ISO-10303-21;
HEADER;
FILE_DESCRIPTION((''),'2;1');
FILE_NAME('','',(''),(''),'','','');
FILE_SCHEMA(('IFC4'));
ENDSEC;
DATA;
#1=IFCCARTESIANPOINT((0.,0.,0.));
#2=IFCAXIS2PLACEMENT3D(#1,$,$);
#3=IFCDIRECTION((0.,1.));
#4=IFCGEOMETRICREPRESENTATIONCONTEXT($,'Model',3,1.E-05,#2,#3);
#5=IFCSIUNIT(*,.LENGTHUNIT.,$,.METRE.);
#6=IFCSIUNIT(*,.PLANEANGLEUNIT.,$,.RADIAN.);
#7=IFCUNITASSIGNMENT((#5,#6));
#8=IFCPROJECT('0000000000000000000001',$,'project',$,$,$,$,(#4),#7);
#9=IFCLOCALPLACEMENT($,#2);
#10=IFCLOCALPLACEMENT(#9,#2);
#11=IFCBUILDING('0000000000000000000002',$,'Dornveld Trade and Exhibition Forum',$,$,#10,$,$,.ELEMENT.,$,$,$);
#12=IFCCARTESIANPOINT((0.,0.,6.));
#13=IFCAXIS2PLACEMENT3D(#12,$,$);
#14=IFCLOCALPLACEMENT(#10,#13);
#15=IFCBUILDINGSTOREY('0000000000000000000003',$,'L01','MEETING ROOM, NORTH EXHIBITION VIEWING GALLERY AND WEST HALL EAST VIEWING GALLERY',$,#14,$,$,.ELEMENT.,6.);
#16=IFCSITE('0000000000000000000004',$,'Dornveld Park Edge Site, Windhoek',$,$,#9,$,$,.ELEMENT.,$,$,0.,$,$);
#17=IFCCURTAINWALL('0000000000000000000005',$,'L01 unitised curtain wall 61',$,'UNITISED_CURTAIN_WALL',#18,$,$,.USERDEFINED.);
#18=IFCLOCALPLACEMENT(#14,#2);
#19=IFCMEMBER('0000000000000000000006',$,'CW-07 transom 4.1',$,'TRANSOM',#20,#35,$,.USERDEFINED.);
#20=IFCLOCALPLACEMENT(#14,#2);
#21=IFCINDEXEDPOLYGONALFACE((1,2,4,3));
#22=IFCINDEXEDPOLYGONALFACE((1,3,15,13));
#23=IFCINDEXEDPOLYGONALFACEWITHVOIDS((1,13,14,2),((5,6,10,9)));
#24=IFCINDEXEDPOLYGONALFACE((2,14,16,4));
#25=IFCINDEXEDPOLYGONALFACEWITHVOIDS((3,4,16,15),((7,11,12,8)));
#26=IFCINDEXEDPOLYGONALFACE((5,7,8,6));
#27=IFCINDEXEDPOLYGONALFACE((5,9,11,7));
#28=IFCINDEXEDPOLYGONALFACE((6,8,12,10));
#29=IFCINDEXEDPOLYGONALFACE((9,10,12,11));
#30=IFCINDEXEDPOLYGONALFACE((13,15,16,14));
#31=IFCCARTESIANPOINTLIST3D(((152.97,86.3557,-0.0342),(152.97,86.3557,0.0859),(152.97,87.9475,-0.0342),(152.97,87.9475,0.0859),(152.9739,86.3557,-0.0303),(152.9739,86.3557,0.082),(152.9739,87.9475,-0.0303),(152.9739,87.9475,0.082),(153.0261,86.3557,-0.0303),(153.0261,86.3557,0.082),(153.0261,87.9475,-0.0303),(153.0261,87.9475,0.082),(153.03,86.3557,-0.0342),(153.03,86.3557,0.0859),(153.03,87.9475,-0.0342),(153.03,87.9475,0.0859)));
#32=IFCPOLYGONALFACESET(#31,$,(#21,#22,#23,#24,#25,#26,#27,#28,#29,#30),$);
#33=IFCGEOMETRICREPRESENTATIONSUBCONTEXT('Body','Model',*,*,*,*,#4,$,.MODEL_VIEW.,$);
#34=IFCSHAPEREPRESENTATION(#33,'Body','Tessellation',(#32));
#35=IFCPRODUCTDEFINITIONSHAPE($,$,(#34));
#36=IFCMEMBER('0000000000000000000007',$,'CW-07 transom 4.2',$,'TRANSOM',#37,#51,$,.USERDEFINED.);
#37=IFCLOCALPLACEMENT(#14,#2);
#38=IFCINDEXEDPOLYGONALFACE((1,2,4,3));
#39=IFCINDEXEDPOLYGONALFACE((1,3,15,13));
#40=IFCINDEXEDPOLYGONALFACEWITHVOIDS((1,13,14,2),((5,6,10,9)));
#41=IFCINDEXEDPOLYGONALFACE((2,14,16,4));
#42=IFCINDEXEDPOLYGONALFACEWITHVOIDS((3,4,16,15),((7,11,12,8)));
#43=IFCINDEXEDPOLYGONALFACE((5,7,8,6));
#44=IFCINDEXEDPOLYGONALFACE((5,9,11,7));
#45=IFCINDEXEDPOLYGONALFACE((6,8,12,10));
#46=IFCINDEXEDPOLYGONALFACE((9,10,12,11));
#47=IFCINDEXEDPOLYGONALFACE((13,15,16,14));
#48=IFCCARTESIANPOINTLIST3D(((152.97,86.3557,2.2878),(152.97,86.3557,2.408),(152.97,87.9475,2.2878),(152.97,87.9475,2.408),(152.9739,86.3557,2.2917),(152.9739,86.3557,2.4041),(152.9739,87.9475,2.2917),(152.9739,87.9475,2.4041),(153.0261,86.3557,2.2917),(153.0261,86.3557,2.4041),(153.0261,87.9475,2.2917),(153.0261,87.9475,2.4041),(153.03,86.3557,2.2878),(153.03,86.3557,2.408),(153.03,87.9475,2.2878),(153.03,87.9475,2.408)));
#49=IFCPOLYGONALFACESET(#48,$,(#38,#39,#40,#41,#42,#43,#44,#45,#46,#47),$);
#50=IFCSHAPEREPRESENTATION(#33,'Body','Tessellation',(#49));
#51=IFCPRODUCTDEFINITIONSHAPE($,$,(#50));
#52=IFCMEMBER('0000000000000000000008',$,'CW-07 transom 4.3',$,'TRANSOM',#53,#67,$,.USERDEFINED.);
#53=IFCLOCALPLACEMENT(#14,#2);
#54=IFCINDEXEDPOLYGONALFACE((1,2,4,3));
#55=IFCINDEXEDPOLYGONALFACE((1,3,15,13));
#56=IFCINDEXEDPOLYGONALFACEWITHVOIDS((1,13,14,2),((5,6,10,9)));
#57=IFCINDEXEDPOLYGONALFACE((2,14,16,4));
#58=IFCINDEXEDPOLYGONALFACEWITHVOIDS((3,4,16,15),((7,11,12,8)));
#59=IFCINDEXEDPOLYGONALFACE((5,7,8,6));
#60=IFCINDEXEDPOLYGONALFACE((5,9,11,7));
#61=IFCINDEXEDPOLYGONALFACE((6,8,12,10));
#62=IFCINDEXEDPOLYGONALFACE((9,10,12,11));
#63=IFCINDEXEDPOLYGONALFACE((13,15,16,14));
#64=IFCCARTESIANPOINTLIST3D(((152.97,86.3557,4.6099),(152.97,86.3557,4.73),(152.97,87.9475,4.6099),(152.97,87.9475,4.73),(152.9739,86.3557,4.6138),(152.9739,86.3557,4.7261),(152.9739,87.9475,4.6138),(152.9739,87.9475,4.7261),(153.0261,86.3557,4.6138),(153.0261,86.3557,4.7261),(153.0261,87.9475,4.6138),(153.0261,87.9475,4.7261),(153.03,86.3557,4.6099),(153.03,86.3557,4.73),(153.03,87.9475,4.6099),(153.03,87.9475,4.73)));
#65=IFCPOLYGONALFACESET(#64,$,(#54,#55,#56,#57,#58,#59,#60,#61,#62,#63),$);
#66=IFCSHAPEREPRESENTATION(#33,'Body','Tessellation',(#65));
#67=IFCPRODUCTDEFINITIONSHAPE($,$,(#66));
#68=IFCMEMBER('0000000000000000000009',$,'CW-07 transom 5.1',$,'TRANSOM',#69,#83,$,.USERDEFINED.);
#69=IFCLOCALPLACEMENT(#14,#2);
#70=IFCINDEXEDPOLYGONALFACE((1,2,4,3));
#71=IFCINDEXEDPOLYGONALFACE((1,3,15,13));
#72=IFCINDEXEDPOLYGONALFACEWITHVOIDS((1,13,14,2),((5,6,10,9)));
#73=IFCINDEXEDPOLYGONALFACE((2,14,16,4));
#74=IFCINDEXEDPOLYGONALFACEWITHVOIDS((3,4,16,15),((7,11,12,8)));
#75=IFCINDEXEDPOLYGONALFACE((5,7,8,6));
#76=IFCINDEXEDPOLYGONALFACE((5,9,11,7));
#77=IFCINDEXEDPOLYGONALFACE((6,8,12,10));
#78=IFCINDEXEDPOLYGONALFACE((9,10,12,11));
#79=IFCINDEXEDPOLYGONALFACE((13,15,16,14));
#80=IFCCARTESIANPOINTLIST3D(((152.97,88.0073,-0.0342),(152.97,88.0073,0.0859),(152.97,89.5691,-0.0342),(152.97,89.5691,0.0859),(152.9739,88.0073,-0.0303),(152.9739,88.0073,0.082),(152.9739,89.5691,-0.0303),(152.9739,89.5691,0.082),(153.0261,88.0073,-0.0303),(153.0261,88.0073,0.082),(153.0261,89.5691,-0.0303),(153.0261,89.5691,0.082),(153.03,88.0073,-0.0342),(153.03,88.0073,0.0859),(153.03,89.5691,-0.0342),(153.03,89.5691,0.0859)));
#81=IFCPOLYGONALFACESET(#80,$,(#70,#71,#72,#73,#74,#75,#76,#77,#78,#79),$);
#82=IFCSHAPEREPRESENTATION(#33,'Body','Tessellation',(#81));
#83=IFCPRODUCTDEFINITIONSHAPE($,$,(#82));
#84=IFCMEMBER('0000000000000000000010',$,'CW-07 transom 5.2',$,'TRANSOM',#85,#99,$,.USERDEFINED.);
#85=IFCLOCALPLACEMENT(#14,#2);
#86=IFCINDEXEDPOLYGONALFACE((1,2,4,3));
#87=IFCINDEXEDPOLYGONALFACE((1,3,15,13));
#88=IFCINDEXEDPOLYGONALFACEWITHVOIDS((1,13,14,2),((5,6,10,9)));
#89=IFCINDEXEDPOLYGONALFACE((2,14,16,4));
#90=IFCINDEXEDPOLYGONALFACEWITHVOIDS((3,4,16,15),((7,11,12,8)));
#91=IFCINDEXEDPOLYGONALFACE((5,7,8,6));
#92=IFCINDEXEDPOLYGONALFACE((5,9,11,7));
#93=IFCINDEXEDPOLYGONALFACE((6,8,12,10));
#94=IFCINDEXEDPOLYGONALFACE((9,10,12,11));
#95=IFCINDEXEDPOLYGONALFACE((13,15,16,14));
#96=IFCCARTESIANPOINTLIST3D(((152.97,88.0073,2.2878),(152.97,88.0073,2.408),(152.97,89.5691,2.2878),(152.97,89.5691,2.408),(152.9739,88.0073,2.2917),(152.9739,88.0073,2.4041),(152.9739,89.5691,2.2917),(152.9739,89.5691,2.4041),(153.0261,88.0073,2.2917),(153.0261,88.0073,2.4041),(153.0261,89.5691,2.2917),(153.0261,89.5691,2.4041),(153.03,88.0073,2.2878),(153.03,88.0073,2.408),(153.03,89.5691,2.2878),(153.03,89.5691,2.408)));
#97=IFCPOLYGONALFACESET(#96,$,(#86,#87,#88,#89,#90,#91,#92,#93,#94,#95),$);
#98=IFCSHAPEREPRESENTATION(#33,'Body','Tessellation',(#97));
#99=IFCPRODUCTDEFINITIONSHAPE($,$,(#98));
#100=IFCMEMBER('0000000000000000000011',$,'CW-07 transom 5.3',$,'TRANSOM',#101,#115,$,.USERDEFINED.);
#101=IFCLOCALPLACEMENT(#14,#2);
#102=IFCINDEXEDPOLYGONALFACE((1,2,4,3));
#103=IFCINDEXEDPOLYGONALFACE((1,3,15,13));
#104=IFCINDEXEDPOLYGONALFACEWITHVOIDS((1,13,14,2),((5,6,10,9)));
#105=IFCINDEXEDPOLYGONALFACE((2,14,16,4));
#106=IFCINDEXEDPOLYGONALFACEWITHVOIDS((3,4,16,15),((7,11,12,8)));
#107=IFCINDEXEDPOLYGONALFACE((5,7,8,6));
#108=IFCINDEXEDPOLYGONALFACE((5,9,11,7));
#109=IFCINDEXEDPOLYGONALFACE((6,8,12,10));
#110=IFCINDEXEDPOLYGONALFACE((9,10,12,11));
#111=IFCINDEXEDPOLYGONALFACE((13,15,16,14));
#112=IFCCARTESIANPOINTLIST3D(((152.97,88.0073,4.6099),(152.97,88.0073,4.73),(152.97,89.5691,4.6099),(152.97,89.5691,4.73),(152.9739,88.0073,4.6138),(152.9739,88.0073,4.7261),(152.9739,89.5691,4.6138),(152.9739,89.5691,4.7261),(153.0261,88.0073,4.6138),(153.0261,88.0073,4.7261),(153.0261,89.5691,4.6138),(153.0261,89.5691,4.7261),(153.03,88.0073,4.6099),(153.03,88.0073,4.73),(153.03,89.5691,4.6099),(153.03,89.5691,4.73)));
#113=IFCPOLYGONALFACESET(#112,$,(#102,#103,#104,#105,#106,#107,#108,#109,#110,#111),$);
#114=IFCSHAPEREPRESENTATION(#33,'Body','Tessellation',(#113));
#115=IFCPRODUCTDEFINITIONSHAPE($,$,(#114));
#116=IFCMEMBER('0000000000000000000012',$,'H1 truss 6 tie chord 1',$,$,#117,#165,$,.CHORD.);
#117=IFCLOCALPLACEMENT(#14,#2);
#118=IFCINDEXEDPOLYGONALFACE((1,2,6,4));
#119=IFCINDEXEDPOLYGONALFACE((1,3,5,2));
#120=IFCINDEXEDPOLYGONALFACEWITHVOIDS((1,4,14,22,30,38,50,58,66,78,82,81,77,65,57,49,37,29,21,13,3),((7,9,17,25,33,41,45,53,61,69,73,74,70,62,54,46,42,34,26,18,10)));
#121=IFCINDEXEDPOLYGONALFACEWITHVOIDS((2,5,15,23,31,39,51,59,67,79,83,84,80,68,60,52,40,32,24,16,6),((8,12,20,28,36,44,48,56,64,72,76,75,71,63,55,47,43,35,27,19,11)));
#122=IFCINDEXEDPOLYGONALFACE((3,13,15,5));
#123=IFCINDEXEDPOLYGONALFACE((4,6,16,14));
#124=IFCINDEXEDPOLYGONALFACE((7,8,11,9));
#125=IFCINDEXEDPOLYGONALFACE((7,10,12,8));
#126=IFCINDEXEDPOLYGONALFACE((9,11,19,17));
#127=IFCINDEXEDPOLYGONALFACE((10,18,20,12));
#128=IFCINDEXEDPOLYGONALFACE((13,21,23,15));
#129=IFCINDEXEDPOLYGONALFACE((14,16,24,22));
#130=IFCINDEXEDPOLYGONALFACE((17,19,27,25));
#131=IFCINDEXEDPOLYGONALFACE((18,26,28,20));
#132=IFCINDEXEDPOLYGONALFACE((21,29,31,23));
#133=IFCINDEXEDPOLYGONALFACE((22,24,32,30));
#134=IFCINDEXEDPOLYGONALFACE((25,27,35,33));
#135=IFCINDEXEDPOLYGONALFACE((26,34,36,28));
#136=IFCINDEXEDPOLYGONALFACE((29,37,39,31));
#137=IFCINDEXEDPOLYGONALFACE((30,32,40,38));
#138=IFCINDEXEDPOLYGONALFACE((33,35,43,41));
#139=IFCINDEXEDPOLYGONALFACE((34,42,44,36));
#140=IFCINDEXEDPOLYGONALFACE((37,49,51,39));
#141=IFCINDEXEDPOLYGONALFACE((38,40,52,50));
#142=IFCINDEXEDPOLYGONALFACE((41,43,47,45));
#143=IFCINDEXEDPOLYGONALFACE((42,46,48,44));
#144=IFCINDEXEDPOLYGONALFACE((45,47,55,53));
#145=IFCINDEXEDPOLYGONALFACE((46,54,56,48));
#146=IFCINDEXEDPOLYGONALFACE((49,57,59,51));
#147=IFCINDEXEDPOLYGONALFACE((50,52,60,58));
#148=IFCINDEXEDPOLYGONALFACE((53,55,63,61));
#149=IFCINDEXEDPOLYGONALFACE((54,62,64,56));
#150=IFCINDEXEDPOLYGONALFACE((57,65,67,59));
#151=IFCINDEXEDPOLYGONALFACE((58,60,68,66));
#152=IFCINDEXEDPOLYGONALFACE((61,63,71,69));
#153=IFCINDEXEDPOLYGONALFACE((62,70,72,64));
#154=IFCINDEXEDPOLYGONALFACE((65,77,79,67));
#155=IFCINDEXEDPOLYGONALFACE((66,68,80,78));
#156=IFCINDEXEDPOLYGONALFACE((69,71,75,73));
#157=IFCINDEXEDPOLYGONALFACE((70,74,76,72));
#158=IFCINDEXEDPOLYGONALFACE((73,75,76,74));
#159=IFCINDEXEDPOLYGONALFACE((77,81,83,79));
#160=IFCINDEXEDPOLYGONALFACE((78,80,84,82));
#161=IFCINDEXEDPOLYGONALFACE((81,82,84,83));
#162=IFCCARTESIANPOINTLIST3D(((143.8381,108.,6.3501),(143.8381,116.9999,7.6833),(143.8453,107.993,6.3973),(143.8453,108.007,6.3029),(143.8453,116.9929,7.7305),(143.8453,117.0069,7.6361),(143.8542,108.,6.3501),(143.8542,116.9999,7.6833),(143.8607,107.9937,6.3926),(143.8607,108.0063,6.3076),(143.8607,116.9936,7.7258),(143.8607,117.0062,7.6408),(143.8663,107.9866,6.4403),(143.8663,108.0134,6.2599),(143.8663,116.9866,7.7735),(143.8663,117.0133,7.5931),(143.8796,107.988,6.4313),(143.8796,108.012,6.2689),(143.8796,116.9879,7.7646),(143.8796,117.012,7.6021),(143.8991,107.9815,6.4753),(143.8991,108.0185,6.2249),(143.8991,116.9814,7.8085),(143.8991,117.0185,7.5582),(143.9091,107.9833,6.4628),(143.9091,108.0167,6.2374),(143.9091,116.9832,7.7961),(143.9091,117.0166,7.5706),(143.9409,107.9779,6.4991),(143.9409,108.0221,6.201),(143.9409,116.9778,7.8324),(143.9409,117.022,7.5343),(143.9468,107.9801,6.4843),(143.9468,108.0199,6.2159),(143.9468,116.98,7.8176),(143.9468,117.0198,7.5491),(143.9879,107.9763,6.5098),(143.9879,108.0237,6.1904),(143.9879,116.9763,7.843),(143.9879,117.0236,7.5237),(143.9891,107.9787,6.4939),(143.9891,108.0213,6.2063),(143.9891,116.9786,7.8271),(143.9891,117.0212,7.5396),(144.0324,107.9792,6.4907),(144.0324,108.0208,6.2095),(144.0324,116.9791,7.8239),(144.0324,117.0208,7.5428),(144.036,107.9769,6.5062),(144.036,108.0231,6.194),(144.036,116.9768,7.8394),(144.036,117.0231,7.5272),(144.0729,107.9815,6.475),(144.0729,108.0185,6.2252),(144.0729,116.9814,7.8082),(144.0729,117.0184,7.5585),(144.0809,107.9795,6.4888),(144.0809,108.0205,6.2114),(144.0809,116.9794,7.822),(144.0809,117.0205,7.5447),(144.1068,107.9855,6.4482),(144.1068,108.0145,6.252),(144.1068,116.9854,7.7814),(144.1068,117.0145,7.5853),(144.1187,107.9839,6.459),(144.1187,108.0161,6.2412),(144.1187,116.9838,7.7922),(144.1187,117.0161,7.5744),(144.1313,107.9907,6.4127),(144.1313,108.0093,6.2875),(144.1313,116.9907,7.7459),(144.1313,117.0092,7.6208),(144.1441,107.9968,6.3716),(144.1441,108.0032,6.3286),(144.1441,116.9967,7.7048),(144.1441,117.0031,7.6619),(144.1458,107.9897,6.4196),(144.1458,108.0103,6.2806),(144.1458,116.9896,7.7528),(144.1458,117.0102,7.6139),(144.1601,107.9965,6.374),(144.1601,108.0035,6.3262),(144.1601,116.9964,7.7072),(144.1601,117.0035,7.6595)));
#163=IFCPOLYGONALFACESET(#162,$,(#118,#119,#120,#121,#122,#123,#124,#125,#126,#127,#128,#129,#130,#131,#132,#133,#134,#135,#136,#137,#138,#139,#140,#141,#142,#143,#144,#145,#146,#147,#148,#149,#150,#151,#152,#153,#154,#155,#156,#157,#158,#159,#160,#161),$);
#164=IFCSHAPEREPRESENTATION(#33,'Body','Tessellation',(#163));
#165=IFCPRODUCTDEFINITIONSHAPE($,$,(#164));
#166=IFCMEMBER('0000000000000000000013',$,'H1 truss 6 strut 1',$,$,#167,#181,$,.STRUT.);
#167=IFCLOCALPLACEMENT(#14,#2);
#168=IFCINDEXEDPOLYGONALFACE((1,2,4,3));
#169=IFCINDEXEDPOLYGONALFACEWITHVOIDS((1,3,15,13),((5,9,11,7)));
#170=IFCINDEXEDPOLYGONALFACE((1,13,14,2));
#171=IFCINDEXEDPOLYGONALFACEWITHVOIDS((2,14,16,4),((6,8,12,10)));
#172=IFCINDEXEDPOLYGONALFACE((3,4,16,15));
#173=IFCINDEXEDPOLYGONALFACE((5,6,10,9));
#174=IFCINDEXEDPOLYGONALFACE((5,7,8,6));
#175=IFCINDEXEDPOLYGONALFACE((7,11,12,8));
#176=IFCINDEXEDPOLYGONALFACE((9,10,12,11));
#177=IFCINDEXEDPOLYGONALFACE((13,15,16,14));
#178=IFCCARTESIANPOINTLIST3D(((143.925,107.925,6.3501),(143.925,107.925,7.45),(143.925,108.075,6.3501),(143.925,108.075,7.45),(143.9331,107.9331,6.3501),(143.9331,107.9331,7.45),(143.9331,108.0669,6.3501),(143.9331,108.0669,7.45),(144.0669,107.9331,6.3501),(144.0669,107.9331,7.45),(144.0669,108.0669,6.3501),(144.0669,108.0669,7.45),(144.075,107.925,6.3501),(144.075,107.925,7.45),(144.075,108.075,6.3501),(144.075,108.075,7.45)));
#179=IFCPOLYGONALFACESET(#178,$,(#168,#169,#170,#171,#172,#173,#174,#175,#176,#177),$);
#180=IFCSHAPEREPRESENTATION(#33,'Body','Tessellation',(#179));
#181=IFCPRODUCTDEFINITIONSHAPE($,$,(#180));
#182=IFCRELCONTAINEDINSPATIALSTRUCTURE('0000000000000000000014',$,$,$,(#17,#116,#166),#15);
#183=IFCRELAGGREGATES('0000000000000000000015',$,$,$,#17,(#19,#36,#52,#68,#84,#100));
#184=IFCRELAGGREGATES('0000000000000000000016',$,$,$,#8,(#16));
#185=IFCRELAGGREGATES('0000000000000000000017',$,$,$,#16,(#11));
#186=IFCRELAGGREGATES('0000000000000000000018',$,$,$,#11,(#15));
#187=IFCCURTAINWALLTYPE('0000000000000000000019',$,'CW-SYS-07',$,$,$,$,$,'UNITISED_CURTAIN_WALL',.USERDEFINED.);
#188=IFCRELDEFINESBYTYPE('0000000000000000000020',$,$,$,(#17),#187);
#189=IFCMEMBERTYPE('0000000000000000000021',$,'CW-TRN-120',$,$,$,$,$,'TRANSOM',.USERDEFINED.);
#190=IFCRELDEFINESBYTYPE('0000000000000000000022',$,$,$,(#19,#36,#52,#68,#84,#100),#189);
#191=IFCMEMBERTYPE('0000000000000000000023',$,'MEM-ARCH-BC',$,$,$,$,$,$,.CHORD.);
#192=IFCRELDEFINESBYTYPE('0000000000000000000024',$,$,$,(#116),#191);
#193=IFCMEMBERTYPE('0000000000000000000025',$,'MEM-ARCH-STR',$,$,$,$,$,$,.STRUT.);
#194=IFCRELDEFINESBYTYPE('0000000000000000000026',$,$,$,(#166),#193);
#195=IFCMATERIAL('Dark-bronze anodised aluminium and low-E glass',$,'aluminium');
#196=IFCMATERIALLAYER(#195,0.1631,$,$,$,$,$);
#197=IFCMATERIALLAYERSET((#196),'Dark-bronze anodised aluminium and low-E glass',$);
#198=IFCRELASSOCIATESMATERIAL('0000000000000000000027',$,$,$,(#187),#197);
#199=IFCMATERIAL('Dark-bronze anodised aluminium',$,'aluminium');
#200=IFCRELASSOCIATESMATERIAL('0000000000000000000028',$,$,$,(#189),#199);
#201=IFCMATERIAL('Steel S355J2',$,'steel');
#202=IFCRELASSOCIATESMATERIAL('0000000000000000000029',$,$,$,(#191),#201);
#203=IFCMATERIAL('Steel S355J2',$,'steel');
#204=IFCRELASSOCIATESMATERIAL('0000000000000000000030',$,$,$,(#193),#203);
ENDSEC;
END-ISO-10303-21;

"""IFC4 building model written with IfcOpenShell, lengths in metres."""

from ifc_helpers import new_model, si_unit, direction, frame, origin, origin_2d, place, context, subcontext, project, spatial, hollow_rectangle, hollow_circle, extrude, material, layer, layer_set, material_profile, profile_set, type_object, element, aggregate, save


model = new_model("IFC4")

# Units and contexts
model_context = context("Model", 3, precision=1e-05, world=origin(), true_north=direction((0.0, 1.0)))
body_context = subcontext(model_context, "Body", "Model", "MODEL_VIEW")
ifc_project = project(units=[si_unit("LENGTHUNIT", "METRE"), si_unit("PLANEANGLEUNIT", "RADIAN")], contexts=[model_context])

# Site, building, storey
site_placement = place(None, origin())
site = spatial("IfcSite", under=ifc_project, at=site_placement, Name="Dornveld Park Edge Site, Windhoek", CompositionType="ELEMENT", RefElevation=0.0)
building_placement = place(site_placement, origin())
building = spatial("IfcBuilding", under=site, at=building_placement, Name="Dornveld Trade and Exhibition Forum", CompositionType="ELEMENT")
storey_placement = place(building_placement, frame((0.0, 0.0, 6.0)))
storey = spatial("IfcBuildingStorey", under=building, at=storey_placement, Name="L01", Description="MEETING ROOM, NORTH EXHIBITION VIEWING GALLERY AND WEST HALL EAST VIEWING GALLERY", CompositionType="ELEMENT", Elevation=6.0)

# Curtain wall, members
ifc_material_1 = material(Name="Dark-bronze anodised aluminium and low-E glass", Category="aluminium")
ifc_layer_1 = layer(ifc_material_1, 0.1631)
ifc_layer_set_1 = layer_set([ifc_layer_1], Name="Dark-bronze anodised aluminium and low-E glass")
curtain_wall_type = type_object("IfcCurtainWallType", Name="CW-SYS-07", ElementType="UNITISED_CURTAIN_WALL", PredefinedType="USERDEFINED", material=ifc_layer_set_1)
curtain_wall_placement = place(storey_placement, origin())
curtain_wall = element("IfcCurtainWall", 1, at=curtain_wall_placement, inside=storey, type_object=curtain_wall_type, Name="L01 unitised curtain wall 61", ObjectType="UNITISED_CURTAIN_WALL", PredefinedType="USERDEFINED")
ifc_material_2 = material(Name="Dark-bronze anodised aluminium", Category="aluminium")
ifc_material_profile_1 = material_profile(ifc_material_2, hollow_rectangle(XDim=0.0601, YDim=0.1201, WallThickness=0.0039, at=origin_2d()), Name="RHS 120x60x4")
ifc_profile_set_1 = profile_set([ifc_material_profile_1], Name="Dark-bronze anodised aluminium")
member_type_1 = type_object("IfcMemberType", Name="CW-TRN-120", ElementType="TRANSOM", PredefinedType="USERDEFINED", material=ifc_profile_set_1)
member_1_placement = place(storey_placement, frame((153.0, 86.3557, 0.0259), z_axis=(0.0, 1.0, 0.0), x_axis=(-1.0, 0.0, 0.0)))
member_1 = element("IfcMember", 2, at=member_1_placement, type_object=member_type_1, Name="CW-07 transom 4.1", ObjectType="TRANSOM", PredefinedType="USERDEFINED", context=body_context, shape_type="SweptSolid", body=[
    extrude(hollow_rectangle(XDim=0.0601, YDim=0.1201, WallThickness=0.0039, at=origin_2d()), origin(), (0.0, 0.0, 1.0), 1.5918),
])
member_2_placement = place(storey_placement, frame((153.0, 86.3557, 2.3479), z_axis=(0.0, 1.0, 0.0), x_axis=(-1.0, 0.0, 0.0)))
member_2 = element("IfcMember", 3, at=member_2_placement, type_object=member_type_1, Name="CW-07 transom 4.2", ObjectType="TRANSOM", PredefinedType="USERDEFINED", context=body_context, shape_type="SweptSolid", body=[
    extrude(hollow_rectangle(XDim=0.0601, YDim=0.1201, WallThickness=0.0039, at=origin_2d()), origin(), (0.0, 0.0, 1.0), 1.5918),
])
member_3_placement = place(storey_placement, frame((153.0, 86.3557, 4.6699), z_axis=(0.0, 1.0, 0.0), x_axis=(-1.0, 0.0, 0.0)))
member_3 = element("IfcMember", 4, at=member_3_placement, type_object=member_type_1, Name="CW-07 transom 4.3", ObjectType="TRANSOM", PredefinedType="USERDEFINED", context=body_context, shape_type="SweptSolid", body=[
    extrude(hollow_rectangle(XDim=0.0601, YDim=0.1201, WallThickness=0.0039, at=origin_2d()), origin(), (0.0, 0.0, 1.0), 1.5918),
])
member_4_placement = place(storey_placement, frame((153.0, 88.0073, 0.0259), z_axis=(0.0, 1.0, 0.0), x_axis=(-1.0, 0.0, 0.0)))
member_4 = element("IfcMember", 5, at=member_4_placement, type_object=member_type_1, Name="CW-07 transom 5.1", ObjectType="TRANSOM", PredefinedType="USERDEFINED", context=body_context, shape_type="SweptSolid", body=[
    extrude(hollow_rectangle(XDim=0.0601, YDim=0.1201, WallThickness=0.0039, at=origin_2d()), origin(), (0.0, 0.0, 1.0), 1.5618),
])
member_5_placement = place(storey_placement, frame((153.0, 88.0073, 2.3479), z_axis=(0.0, 1.0, 0.0), x_axis=(-1.0, 0.0, 0.0)))
member_5 = element("IfcMember", 6, at=member_5_placement, type_object=member_type_1, Name="CW-07 transom 5.2", ObjectType="TRANSOM", PredefinedType="USERDEFINED", context=body_context, shape_type="SweptSolid", body=[
    extrude(hollow_rectangle(XDim=0.0601, YDim=0.1201, WallThickness=0.0039, at=origin_2d()), origin(), (0.0, 0.0, 1.0), 1.5618),
])
member_6_placement = place(storey_placement, frame((153.0, 88.0073, 4.6699), z_axis=(0.0, 1.0, 0.0), x_axis=(-1.0, 0.0, 0.0)))
member_6 = element("IfcMember", 7, at=member_6_placement, type_object=member_type_1, Name="CW-07 transom 5.3", ObjectType="TRANSOM", PredefinedType="USERDEFINED", context=body_context, shape_type="SweptSolid", body=[
    extrude(hollow_rectangle(XDim=0.0601, YDim=0.1201, WallThickness=0.0039, at=origin_2d()), origin(), (0.0, 0.0, 1.0), 1.5618),
])

# Members
ifc_material_3 = material(Name="Steel S355J2", Category="steel")
ifc_material_profile_2 = material_profile(ifc_material_3, hollow_circle(Radius=0.1619, WallThickness=0.0161, at=origin_2d()), Name="CHS 323.9x16")
ifc_profile_set_2 = profile_set([ifc_material_profile_2], Name="Steel S355J2")
member_type_2 = type_object("IfcMemberType", Name="MEM-ARCH-BC", PredefinedType="CHORD", material=ifc_profile_set_2)
member_7_placement = place(storey_placement, frame((144.0, 108.0, 6.3501), z_axis=(0.0, 0.989205, 0.14654), x_axis=(-1.0, 0.0, 0.0)))
element("IfcMember", 8, at=member_7_placement, inside=storey, type_object=member_type_2, Name="H1 truss 6 tie chord 1", PredefinedType="CHORD", context=body_context, shape_type="SweptSolid", body=[
    extrude(hollow_circle(Radius=0.1619, WallThickness=0.0161, at=origin_2d()), origin(), (0.0, 0.0, 1.0), 9.0981),
])
ifc_material_4 = material(Name="Steel S355J2", Category="steel")
ifc_material_profile_3 = material_profile(ifc_material_4, hollow_rectangle(XDim=0.1499, YDim=0.1499, WallThickness=0.0081, at=origin_2d()), Name="SHS 150x150x8")
ifc_profile_set_3 = profile_set([ifc_material_profile_3], Name="Steel S355J2")
member_type_3 = type_object("IfcMemberType", Name="MEM-ARCH-STR", PredefinedType="STRUT", material=ifc_profile_set_3)
member_8_placement = place(storey_placement, frame((144.0, 108.0, 6.3501), z_axis=(0.0, 0.0, 1.0), x_axis=(1.0, 0.0, 0.0)))
element("IfcMember", 9, at=member_8_placement, inside=storey, type_object=member_type_3, Name="H1 truss 6 strut 1", PredefinedType="STRUT", context=body_context, shape_type="SweptSolid", body=[
    extrude(hollow_rectangle(XDim=0.1499, YDim=0.1499, WallThickness=0.0081, at=origin_2d()), origin(), (0.0, 0.0, 1.0), 1.0999),
])

aggregate(curtain_wall, [member_1, member_2, member_3, member_4, member_5, member_6])

save(model, "model.ifc")
